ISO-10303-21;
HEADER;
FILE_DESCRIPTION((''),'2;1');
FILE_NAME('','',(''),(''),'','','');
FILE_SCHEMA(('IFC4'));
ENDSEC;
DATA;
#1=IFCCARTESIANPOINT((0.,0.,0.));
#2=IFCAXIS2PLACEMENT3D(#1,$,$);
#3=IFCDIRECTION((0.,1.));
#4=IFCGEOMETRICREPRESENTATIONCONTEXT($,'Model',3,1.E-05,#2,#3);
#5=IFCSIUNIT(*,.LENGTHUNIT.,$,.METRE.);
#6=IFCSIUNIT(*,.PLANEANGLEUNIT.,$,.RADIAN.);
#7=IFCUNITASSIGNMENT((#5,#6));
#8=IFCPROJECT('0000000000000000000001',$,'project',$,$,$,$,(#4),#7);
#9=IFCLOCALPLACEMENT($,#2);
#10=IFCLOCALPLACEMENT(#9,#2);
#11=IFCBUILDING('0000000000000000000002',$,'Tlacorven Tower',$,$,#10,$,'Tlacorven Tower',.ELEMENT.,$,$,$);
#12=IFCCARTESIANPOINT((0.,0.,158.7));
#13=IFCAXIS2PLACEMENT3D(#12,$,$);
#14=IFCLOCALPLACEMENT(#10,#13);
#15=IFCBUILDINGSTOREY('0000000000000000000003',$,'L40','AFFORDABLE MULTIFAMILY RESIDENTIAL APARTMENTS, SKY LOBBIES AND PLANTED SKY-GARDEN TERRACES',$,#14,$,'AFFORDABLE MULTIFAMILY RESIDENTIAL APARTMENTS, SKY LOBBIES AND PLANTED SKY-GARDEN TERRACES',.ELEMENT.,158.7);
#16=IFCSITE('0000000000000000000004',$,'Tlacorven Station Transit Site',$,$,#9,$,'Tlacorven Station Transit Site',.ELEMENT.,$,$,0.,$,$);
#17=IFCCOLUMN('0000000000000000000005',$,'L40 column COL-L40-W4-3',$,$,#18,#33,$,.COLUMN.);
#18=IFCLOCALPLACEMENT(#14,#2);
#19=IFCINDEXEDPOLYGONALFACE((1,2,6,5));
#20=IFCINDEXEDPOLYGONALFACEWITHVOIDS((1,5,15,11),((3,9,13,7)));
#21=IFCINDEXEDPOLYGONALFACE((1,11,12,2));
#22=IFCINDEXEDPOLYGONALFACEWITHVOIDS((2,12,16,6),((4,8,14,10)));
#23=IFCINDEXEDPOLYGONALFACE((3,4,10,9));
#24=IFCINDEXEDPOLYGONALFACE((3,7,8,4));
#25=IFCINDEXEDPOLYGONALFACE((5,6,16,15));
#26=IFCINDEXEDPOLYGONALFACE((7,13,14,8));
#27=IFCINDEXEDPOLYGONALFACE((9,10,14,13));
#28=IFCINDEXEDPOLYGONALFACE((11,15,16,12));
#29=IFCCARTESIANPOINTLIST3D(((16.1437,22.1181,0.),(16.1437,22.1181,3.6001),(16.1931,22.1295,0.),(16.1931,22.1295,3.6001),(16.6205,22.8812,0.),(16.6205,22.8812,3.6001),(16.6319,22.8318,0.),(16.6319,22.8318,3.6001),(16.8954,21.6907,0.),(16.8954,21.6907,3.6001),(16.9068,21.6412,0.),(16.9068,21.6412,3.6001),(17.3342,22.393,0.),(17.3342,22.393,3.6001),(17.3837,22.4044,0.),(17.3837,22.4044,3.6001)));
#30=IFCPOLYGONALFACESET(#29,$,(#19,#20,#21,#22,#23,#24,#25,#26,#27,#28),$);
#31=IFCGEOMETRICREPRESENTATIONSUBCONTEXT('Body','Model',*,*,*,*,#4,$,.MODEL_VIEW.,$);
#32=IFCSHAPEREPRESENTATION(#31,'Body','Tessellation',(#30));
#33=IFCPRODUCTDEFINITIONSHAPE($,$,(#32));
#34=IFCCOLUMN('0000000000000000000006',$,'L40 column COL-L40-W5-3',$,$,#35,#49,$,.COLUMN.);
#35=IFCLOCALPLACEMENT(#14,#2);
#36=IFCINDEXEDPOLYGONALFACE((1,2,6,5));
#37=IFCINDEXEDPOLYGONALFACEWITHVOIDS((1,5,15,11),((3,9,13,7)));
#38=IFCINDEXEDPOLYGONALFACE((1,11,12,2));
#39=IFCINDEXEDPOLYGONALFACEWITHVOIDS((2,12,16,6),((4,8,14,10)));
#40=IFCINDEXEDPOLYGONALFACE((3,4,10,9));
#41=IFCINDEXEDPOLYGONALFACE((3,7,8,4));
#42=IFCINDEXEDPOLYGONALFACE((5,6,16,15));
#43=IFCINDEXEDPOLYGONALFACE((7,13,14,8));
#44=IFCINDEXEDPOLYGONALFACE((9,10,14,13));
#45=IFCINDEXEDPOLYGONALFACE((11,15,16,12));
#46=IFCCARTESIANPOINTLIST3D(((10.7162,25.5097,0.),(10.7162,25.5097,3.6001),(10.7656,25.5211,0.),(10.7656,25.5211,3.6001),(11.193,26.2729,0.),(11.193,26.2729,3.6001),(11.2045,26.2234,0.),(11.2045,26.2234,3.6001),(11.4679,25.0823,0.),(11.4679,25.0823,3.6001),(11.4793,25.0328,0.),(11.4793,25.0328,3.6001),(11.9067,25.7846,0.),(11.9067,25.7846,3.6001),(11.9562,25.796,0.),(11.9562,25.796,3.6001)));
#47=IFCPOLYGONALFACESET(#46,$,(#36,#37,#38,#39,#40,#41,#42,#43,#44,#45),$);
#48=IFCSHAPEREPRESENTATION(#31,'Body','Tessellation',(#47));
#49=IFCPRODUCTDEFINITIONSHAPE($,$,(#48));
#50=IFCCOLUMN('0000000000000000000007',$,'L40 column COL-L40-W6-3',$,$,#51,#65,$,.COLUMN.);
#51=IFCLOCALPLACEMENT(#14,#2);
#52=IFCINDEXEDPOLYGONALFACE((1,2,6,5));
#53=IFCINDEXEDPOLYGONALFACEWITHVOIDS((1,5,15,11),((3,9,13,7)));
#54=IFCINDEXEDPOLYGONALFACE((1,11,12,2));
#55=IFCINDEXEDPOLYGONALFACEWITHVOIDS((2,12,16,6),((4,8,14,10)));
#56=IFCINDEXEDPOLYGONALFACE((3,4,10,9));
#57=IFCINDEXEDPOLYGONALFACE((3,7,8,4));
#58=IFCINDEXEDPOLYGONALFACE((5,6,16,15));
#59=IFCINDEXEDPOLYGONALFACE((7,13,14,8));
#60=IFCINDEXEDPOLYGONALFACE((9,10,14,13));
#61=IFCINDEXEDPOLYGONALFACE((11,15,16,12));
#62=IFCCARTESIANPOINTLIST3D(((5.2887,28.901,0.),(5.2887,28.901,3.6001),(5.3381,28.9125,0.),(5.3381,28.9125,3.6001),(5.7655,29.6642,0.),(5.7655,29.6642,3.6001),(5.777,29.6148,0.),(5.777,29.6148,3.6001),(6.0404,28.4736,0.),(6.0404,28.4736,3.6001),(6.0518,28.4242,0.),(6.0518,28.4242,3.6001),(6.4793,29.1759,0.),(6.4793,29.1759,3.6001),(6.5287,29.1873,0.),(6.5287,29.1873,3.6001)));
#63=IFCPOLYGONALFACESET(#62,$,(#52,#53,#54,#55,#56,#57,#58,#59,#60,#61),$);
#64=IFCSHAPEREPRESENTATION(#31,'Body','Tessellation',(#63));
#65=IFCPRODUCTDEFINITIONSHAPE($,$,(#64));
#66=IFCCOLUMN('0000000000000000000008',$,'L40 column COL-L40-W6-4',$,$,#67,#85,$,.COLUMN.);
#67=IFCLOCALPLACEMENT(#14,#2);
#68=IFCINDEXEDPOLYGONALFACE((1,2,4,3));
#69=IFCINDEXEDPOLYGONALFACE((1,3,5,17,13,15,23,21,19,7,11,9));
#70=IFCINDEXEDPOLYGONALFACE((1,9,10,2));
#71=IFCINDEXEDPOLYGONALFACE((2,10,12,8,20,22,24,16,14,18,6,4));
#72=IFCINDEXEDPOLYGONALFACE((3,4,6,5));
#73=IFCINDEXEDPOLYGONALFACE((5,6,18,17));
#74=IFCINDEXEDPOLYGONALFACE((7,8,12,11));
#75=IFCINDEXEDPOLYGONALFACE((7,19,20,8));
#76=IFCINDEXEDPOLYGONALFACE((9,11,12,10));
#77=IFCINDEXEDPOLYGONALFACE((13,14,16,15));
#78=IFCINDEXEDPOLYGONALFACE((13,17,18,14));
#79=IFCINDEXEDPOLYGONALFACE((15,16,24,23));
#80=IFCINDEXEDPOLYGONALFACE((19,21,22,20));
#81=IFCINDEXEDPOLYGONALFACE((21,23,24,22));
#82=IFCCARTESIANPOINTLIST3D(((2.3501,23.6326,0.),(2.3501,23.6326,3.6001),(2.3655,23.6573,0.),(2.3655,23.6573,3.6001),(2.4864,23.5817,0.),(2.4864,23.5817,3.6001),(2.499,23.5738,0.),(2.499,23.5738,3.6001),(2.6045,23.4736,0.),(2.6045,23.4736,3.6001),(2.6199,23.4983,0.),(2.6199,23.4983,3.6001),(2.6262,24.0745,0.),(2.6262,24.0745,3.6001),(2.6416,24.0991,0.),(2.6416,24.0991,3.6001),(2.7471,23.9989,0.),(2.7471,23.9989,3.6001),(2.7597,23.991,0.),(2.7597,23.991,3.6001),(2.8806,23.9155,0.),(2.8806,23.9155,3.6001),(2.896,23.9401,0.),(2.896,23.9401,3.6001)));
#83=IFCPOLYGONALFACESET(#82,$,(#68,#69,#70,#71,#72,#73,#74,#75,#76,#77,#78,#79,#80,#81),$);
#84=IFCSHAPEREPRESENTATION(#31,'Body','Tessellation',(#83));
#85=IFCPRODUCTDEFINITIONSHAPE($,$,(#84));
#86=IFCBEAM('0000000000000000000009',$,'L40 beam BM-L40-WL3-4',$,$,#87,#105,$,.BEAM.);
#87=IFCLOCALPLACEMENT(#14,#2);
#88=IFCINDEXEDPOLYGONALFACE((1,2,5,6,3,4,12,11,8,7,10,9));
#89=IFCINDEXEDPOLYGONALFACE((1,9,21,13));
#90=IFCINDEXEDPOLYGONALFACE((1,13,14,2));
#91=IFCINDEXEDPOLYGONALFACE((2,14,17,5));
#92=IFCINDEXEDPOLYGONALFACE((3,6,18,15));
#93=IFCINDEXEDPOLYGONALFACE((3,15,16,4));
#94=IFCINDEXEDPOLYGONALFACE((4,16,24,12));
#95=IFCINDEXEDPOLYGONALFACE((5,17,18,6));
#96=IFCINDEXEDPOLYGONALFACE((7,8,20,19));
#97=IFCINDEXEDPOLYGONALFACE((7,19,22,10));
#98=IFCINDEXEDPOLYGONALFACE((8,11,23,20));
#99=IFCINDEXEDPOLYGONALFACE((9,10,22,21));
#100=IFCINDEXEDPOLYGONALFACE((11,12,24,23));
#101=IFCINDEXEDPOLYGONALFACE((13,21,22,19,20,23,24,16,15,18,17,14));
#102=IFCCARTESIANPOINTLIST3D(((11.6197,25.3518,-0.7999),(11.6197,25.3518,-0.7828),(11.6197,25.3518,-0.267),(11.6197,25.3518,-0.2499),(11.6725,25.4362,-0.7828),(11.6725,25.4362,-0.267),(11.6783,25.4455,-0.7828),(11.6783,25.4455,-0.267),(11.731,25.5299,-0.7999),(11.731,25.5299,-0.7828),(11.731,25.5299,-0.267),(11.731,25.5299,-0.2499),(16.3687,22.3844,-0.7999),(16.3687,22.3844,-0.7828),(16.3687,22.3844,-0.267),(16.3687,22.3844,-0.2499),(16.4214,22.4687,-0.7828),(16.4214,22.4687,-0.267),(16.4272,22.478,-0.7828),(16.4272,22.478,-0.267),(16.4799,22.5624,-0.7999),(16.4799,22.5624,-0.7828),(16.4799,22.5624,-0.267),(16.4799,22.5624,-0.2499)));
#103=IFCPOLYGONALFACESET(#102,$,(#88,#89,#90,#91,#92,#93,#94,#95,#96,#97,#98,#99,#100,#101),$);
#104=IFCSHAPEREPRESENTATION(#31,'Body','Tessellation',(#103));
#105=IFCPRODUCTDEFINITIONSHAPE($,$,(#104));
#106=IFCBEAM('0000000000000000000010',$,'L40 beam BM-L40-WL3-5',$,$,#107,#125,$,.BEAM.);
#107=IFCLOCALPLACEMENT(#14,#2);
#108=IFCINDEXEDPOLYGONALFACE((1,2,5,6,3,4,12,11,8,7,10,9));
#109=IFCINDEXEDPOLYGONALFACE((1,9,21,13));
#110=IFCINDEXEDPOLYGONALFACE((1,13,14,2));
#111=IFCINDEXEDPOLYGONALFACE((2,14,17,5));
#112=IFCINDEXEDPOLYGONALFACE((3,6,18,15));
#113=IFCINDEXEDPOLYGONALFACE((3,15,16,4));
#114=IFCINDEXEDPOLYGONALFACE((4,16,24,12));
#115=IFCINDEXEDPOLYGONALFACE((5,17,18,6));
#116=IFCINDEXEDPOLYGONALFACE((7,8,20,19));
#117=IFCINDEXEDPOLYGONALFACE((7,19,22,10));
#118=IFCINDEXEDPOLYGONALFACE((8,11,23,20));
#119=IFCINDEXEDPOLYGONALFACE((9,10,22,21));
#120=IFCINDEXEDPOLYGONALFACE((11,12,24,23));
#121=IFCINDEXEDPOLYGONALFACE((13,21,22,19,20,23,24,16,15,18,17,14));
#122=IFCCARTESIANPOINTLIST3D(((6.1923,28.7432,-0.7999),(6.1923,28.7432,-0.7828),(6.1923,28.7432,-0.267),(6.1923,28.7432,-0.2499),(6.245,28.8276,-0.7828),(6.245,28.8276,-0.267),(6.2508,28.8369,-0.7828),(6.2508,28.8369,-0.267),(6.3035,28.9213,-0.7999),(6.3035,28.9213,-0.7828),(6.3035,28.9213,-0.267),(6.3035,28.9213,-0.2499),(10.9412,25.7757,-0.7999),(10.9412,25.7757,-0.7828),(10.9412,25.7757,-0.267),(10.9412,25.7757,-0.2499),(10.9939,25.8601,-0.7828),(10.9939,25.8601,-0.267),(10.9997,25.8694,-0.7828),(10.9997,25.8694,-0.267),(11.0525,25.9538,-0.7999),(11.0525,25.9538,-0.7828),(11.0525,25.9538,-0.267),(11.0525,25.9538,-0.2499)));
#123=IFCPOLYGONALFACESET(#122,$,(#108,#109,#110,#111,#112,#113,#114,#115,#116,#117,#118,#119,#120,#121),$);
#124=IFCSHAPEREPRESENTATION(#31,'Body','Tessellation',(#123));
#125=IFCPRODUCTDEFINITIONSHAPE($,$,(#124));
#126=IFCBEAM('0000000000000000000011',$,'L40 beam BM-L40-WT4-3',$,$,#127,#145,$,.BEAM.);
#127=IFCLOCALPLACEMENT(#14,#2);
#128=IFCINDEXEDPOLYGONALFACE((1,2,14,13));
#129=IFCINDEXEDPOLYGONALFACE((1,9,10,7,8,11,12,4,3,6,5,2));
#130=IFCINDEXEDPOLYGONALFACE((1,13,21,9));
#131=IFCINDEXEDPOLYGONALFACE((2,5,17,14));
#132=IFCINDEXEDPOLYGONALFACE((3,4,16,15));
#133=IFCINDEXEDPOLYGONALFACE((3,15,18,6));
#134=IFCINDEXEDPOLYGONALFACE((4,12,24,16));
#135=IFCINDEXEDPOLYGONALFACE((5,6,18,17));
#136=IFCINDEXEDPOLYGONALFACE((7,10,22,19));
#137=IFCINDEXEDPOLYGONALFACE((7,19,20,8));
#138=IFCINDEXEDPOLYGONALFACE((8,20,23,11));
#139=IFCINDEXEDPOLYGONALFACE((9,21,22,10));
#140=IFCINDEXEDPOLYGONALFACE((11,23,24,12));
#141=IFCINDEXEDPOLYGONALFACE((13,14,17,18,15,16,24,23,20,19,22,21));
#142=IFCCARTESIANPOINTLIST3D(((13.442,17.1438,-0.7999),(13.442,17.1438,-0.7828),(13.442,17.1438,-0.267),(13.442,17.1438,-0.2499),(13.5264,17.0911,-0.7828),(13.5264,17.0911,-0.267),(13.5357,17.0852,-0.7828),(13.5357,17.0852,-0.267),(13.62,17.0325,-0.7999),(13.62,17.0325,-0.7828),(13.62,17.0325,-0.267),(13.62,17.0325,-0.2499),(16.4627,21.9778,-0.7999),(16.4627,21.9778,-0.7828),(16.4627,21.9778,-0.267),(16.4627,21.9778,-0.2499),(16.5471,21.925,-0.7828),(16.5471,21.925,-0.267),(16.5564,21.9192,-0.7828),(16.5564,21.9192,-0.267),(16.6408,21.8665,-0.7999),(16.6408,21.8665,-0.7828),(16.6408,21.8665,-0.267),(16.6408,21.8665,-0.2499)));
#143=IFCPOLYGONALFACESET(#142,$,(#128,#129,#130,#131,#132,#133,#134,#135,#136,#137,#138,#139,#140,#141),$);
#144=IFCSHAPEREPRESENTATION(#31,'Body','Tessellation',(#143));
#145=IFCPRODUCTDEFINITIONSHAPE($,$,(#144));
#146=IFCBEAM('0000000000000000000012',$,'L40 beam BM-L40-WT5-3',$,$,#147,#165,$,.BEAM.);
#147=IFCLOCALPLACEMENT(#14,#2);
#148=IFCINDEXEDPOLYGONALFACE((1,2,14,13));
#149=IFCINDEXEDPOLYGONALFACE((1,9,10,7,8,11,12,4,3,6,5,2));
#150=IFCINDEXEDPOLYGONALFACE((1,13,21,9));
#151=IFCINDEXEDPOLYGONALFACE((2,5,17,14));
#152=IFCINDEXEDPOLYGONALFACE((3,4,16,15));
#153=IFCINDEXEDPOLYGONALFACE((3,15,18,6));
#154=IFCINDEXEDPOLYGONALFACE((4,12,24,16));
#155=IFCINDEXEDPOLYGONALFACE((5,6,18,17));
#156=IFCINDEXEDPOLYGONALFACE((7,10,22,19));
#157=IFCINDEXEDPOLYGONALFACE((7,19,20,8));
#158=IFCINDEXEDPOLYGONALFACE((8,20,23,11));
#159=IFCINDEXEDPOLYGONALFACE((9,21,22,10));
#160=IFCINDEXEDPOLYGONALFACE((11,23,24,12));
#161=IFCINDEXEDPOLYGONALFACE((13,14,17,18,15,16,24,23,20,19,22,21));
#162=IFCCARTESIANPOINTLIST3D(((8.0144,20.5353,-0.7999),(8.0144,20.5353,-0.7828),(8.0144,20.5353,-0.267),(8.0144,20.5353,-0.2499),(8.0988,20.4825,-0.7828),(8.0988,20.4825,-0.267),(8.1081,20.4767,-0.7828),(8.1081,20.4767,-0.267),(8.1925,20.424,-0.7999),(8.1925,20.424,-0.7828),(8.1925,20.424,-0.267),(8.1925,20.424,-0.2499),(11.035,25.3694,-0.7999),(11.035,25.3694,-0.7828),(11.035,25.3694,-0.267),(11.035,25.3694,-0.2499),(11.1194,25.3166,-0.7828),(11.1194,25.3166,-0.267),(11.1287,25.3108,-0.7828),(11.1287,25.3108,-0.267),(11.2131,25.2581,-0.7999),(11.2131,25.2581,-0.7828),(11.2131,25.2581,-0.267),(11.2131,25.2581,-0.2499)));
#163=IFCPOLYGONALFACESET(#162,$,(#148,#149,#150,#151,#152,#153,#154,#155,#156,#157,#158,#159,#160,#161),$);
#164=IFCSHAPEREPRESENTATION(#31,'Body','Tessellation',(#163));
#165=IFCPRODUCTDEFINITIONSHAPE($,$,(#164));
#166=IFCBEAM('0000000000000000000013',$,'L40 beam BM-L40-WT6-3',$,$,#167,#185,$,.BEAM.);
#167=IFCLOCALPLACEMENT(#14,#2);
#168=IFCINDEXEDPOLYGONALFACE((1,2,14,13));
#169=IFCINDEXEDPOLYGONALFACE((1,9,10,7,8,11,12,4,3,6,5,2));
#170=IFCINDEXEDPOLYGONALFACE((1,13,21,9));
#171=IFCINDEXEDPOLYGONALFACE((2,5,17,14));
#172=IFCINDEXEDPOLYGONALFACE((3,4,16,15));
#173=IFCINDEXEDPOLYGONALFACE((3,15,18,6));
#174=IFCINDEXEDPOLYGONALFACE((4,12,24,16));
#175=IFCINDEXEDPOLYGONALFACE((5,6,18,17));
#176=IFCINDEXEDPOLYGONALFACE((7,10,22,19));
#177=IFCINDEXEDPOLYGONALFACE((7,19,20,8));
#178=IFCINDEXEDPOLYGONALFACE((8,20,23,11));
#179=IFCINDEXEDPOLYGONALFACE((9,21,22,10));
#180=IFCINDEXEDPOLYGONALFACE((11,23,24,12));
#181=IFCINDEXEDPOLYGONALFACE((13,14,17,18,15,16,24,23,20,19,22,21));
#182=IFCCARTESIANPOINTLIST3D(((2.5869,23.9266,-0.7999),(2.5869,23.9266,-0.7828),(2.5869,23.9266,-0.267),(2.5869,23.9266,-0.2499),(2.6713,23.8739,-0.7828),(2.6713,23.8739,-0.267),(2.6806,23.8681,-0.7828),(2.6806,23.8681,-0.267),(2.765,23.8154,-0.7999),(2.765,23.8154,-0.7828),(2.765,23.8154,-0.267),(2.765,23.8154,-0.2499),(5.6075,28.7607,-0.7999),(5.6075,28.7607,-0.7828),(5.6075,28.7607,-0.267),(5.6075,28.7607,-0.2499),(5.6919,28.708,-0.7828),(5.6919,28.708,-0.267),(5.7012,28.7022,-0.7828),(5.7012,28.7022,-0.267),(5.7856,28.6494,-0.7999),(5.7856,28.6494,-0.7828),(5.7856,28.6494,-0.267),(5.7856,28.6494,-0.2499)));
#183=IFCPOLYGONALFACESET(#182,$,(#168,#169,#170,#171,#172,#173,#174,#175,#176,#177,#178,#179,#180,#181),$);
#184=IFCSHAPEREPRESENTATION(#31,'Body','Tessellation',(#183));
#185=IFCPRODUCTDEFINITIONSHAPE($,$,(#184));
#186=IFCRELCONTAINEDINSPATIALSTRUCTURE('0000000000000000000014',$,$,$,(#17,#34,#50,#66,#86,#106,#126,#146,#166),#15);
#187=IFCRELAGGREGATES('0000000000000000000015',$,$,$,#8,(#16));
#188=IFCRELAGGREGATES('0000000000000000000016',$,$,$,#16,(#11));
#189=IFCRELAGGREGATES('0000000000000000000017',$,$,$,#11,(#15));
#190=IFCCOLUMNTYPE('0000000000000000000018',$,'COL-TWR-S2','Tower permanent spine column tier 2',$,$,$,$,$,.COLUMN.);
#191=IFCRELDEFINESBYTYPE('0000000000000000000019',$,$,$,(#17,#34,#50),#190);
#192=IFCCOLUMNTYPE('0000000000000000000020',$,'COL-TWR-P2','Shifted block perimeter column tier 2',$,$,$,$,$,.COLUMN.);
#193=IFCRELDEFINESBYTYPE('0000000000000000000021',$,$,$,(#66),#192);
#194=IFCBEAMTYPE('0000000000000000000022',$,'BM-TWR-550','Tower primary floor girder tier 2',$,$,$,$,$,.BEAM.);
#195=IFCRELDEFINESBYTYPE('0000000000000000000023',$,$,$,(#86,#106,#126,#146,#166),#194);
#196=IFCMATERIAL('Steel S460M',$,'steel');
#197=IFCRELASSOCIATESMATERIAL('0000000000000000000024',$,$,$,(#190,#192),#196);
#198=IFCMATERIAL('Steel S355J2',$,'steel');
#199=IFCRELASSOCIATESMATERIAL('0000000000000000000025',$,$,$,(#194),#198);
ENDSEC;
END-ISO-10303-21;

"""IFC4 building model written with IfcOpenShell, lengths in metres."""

from ifc_helpers import new_model, si_unit, direction, frame, origin, origin_2d, place, context, subcontext, project, spatial, hollow_rectangle, i_section, extrude, source, transform, mapped, material, material_profile, profile_set, type_object, element, save


model = new_model("IFC4")

# Units and contexts
model_context = context("Model", 3, precision=1e-05, world=origin(), true_north=direction((0.0, 1.0)))
body_context = subcontext(model_context, "Body", "Model", "MODEL_VIEW")
ifc_project = project(units=[si_unit("LENGTHUNIT", "METRE"), si_unit("PLANEANGLEUNIT", "RADIAN")], contexts=[model_context])

# Site, building, storey
site_placement = place(None, origin())
site = spatial("IfcSite", under=ifc_project, at=site_placement, Name="Tlacorven Station Transit Site", LongName="Tlacorven Station Transit Site", CompositionType="ELEMENT", RefElevation=0.0)
building_placement = place(site_placement, origin())
building = spatial("IfcBuilding", under=site, at=building_placement, Name="Tlacorven Tower", LongName="Tlacorven Tower", CompositionType="ELEMENT")
storey_placement = place(building_placement, frame((0.0, 0.0, 158.7)))
storey = spatial("IfcBuildingStorey", under=building, at=storey_placement, Name="L40", Description="AFFORDABLE MULTIFAMILY RESIDENTIAL APARTMENTS, SKY LOBBIES AND PLANTED SKY-GARDEN TERRACES", LongName="AFFORDABLE MULTIFAMILY RESIDENTIAL APARTMENTS, SKY LOBBIES AND PLANTED SKY-GARDEN TERRACES", CompositionType="ELEMENT", Elevation=158.7)

# Columns
ifc_material_1 = material(Name="Steel S460M", Category="steel")
ifc_material_profile_1 = material_profile(ifc_material_1, hollow_rectangle(XDim=0.8999, YDim=0.8999, WallThickness=0.0359, at=origin_2d()), Name="BOX 900X900X36")
ifc_profile_set_1 = profile_set([ifc_material_profile_1], Name="Steel S460M")
column_type_1 = type_object("IfcColumnType", Name="COL-TWR-S2", Description="Tower permanent spine column tier 2", PredefinedType="COLUMN", material=ifc_profile_set_1)
shared_shape_1 = source(origin(), body_context, "Body", "SweptSolid", [
    extrude(hollow_rectangle(XDim=0.8999, YDim=0.8999, WallThickness=0.0359, at=origin_2d()), origin(), (0.0, 0.0, 1.0), 3.6001),
])
for number, where, z_axis, x_axis, name in (
    (1, (16.7637, 22.2612, 0.0), (0.0, 0.0, 1.0), (-0.848048, 0.529919, 0.0), "L40 column COL-L40-W4-3"),
    (2, (11.3362, 25.6528, 0.0), (0.0, 0.0, 1.0), (-0.848048, 0.529919, 0.0), "L40 column COL-L40-W5-3"),
    (3, (5.9087, 29.0442, 0.0), (0.0, 0.0, 1.0), (-0.848048, 0.529919, 0.0), "L40 column COL-L40-W6-3"),
):
    element("IfcColumn", number, at=place(storey_placement, frame(where, z_axis=z_axis, x_axis=x_axis)), inside=storey, type_object=column_type_1, Name=name, PredefinedType="COLUMN", context=body_context, shape_type="MappedRepresentation", body=[
        mapped(shared_shape_1, transform((0.0, 0.0, 0.0), scale=1.0)),
    ])
ifc_material_profile_2 = material_profile(ifc_material_1, i_section(OverallWidth=0.3, OverallDepth=0.55, WebThickness=0.0149, FlangeThickness=0.0291, at=origin_2d()), Name="HEB 550")
ifc_profile_set_2 = profile_set([ifc_material_profile_2], Name="Steel S460M")
column_type_2 = type_object("IfcColumnType", Name="COL-TWR-P2", Description="Shifted block perimeter column tier 2", PredefinedType="COLUMN", material=ifc_profile_set_2)
shared_shape_2 = source(origin(), body_context, "Body", "SweptSolid", [
    extrude(i_section(OverallWidth=0.3, OverallDepth=0.55, WebThickness=0.0149, FlangeThickness=0.0291, at=origin_2d()), origin(), (0.0, 0.0, 1.0), 3.6001),
])
column_placement = place(storey_placement, frame((2.623, 23.7864, 0.0), z_axis=(0.0, 0.0, 1.0), x_axis=(-0.848048, 0.529919, 0.0)))
element("IfcColumn", 4, at=column_placement, inside=storey, type_object=column_type_2, Name="L40 column COL-L40-W6-4", PredefinedType="COLUMN", context=body_context, shape_type="MappedRepresentation", body=[
    mapped(shared_shape_2, transform((0.0, 0.0, 0.0), scale=1.0)),
])

# Beams
ifc_material_2 = material(Name="Steel S355J2", Category="steel")
ifc_material_profile_3 = material_profile(ifc_material_2, i_section(OverallWidth=0.21, OverallDepth=0.55, WebThickness=0.011, FlangeThickness=0.0171, at=origin_2d()), Name="IPE 550")
ifc_profile_set_3 = profile_set([ifc_material_profile_3], Name="Steel S355J2")
beam_type_1 = type_object("IfcBeamType", Name="BM-TWR-550", Description="Tower primary floor girder tier 2", PredefinedType="BEAM", material=ifc_profile_set_3)
shared_shape_3 = source(origin(), body_context, "Body", "SweptSolid", [
    extrude(i_section(OverallWidth=0.21, OverallDepth=0.55, WebThickness=0.011, FlangeThickness=0.0171, at=origin_2d()), origin(), (0.0, 0.0, 1.0), 5.5999),
])
for number, where, z_axis, x_axis, name in (
    (5, (16.4243, 22.4734, -0.5249), (-0.848047, 0.529921, 0.0), (-0.529921, -0.848047, 0.0), "L40 beam BM-L40-WL3-4"),
    (6, (10.9968, 25.8647, -0.5249), (-0.848047, 0.529921, 0.0), (-0.529921, -0.848047, 0.0), "L40 beam BM-L40-WL3-5"),
):
    element("IfcBeam", number, at=place(storey_placement, frame(where, z_axis=z_axis, x_axis=x_axis)), inside=storey, type_object=beam_type_1, Name=name, PredefinedType="BEAM", context=body_context, shape_type="MappedRepresentation", body=[
        mapped(shared_shape_3, transform((0.0, 0.0, 0.0), scale=1.0)),
    ])
shared_shape_4 = source(origin(), body_context, "Body", "SweptSolid", [
    extrude(i_section(OverallWidth=0.21, OverallDepth=0.55, WebThickness=0.011, FlangeThickness=0.0171, at=origin_2d()), origin(), (0.0, 0.0, 1.0), 5.7002),
])
for number, where, z_axis, x_axis, name in (
    (7, (16.5518, 21.9221, -0.5249), (-0.529937, -0.848037, 0.0), (0.848037, -0.529937, 0.0), "L40 beam BM-L40-WT4-3"),
    (8, (11.124, 25.3137, -0.5249), (-0.529907, -0.848056, 0.0), (0.848056, -0.529907, 0.0), "L40 beam BM-L40-WT5-3"),
    (9, (5.6965, 28.7051, -0.5249), (-0.529907, -0.848056, 0.0), (0.848056, -0.529907, 0.0), "L40 beam BM-L40-WT6-3"),
):
    element("IfcBeam", number, at=place(storey_placement, frame(where, z_axis=z_axis, x_axis=x_axis)), inside=storey, type_object=beam_type_1, Name=name, PredefinedType="BEAM", context=body_context, shape_type="MappedRepresentation", body=[
        mapped(shared_shape_4, transform((0.0, 0.0, 0.0), scale=1.0)),
    ])

save(model, "model.ifc")
